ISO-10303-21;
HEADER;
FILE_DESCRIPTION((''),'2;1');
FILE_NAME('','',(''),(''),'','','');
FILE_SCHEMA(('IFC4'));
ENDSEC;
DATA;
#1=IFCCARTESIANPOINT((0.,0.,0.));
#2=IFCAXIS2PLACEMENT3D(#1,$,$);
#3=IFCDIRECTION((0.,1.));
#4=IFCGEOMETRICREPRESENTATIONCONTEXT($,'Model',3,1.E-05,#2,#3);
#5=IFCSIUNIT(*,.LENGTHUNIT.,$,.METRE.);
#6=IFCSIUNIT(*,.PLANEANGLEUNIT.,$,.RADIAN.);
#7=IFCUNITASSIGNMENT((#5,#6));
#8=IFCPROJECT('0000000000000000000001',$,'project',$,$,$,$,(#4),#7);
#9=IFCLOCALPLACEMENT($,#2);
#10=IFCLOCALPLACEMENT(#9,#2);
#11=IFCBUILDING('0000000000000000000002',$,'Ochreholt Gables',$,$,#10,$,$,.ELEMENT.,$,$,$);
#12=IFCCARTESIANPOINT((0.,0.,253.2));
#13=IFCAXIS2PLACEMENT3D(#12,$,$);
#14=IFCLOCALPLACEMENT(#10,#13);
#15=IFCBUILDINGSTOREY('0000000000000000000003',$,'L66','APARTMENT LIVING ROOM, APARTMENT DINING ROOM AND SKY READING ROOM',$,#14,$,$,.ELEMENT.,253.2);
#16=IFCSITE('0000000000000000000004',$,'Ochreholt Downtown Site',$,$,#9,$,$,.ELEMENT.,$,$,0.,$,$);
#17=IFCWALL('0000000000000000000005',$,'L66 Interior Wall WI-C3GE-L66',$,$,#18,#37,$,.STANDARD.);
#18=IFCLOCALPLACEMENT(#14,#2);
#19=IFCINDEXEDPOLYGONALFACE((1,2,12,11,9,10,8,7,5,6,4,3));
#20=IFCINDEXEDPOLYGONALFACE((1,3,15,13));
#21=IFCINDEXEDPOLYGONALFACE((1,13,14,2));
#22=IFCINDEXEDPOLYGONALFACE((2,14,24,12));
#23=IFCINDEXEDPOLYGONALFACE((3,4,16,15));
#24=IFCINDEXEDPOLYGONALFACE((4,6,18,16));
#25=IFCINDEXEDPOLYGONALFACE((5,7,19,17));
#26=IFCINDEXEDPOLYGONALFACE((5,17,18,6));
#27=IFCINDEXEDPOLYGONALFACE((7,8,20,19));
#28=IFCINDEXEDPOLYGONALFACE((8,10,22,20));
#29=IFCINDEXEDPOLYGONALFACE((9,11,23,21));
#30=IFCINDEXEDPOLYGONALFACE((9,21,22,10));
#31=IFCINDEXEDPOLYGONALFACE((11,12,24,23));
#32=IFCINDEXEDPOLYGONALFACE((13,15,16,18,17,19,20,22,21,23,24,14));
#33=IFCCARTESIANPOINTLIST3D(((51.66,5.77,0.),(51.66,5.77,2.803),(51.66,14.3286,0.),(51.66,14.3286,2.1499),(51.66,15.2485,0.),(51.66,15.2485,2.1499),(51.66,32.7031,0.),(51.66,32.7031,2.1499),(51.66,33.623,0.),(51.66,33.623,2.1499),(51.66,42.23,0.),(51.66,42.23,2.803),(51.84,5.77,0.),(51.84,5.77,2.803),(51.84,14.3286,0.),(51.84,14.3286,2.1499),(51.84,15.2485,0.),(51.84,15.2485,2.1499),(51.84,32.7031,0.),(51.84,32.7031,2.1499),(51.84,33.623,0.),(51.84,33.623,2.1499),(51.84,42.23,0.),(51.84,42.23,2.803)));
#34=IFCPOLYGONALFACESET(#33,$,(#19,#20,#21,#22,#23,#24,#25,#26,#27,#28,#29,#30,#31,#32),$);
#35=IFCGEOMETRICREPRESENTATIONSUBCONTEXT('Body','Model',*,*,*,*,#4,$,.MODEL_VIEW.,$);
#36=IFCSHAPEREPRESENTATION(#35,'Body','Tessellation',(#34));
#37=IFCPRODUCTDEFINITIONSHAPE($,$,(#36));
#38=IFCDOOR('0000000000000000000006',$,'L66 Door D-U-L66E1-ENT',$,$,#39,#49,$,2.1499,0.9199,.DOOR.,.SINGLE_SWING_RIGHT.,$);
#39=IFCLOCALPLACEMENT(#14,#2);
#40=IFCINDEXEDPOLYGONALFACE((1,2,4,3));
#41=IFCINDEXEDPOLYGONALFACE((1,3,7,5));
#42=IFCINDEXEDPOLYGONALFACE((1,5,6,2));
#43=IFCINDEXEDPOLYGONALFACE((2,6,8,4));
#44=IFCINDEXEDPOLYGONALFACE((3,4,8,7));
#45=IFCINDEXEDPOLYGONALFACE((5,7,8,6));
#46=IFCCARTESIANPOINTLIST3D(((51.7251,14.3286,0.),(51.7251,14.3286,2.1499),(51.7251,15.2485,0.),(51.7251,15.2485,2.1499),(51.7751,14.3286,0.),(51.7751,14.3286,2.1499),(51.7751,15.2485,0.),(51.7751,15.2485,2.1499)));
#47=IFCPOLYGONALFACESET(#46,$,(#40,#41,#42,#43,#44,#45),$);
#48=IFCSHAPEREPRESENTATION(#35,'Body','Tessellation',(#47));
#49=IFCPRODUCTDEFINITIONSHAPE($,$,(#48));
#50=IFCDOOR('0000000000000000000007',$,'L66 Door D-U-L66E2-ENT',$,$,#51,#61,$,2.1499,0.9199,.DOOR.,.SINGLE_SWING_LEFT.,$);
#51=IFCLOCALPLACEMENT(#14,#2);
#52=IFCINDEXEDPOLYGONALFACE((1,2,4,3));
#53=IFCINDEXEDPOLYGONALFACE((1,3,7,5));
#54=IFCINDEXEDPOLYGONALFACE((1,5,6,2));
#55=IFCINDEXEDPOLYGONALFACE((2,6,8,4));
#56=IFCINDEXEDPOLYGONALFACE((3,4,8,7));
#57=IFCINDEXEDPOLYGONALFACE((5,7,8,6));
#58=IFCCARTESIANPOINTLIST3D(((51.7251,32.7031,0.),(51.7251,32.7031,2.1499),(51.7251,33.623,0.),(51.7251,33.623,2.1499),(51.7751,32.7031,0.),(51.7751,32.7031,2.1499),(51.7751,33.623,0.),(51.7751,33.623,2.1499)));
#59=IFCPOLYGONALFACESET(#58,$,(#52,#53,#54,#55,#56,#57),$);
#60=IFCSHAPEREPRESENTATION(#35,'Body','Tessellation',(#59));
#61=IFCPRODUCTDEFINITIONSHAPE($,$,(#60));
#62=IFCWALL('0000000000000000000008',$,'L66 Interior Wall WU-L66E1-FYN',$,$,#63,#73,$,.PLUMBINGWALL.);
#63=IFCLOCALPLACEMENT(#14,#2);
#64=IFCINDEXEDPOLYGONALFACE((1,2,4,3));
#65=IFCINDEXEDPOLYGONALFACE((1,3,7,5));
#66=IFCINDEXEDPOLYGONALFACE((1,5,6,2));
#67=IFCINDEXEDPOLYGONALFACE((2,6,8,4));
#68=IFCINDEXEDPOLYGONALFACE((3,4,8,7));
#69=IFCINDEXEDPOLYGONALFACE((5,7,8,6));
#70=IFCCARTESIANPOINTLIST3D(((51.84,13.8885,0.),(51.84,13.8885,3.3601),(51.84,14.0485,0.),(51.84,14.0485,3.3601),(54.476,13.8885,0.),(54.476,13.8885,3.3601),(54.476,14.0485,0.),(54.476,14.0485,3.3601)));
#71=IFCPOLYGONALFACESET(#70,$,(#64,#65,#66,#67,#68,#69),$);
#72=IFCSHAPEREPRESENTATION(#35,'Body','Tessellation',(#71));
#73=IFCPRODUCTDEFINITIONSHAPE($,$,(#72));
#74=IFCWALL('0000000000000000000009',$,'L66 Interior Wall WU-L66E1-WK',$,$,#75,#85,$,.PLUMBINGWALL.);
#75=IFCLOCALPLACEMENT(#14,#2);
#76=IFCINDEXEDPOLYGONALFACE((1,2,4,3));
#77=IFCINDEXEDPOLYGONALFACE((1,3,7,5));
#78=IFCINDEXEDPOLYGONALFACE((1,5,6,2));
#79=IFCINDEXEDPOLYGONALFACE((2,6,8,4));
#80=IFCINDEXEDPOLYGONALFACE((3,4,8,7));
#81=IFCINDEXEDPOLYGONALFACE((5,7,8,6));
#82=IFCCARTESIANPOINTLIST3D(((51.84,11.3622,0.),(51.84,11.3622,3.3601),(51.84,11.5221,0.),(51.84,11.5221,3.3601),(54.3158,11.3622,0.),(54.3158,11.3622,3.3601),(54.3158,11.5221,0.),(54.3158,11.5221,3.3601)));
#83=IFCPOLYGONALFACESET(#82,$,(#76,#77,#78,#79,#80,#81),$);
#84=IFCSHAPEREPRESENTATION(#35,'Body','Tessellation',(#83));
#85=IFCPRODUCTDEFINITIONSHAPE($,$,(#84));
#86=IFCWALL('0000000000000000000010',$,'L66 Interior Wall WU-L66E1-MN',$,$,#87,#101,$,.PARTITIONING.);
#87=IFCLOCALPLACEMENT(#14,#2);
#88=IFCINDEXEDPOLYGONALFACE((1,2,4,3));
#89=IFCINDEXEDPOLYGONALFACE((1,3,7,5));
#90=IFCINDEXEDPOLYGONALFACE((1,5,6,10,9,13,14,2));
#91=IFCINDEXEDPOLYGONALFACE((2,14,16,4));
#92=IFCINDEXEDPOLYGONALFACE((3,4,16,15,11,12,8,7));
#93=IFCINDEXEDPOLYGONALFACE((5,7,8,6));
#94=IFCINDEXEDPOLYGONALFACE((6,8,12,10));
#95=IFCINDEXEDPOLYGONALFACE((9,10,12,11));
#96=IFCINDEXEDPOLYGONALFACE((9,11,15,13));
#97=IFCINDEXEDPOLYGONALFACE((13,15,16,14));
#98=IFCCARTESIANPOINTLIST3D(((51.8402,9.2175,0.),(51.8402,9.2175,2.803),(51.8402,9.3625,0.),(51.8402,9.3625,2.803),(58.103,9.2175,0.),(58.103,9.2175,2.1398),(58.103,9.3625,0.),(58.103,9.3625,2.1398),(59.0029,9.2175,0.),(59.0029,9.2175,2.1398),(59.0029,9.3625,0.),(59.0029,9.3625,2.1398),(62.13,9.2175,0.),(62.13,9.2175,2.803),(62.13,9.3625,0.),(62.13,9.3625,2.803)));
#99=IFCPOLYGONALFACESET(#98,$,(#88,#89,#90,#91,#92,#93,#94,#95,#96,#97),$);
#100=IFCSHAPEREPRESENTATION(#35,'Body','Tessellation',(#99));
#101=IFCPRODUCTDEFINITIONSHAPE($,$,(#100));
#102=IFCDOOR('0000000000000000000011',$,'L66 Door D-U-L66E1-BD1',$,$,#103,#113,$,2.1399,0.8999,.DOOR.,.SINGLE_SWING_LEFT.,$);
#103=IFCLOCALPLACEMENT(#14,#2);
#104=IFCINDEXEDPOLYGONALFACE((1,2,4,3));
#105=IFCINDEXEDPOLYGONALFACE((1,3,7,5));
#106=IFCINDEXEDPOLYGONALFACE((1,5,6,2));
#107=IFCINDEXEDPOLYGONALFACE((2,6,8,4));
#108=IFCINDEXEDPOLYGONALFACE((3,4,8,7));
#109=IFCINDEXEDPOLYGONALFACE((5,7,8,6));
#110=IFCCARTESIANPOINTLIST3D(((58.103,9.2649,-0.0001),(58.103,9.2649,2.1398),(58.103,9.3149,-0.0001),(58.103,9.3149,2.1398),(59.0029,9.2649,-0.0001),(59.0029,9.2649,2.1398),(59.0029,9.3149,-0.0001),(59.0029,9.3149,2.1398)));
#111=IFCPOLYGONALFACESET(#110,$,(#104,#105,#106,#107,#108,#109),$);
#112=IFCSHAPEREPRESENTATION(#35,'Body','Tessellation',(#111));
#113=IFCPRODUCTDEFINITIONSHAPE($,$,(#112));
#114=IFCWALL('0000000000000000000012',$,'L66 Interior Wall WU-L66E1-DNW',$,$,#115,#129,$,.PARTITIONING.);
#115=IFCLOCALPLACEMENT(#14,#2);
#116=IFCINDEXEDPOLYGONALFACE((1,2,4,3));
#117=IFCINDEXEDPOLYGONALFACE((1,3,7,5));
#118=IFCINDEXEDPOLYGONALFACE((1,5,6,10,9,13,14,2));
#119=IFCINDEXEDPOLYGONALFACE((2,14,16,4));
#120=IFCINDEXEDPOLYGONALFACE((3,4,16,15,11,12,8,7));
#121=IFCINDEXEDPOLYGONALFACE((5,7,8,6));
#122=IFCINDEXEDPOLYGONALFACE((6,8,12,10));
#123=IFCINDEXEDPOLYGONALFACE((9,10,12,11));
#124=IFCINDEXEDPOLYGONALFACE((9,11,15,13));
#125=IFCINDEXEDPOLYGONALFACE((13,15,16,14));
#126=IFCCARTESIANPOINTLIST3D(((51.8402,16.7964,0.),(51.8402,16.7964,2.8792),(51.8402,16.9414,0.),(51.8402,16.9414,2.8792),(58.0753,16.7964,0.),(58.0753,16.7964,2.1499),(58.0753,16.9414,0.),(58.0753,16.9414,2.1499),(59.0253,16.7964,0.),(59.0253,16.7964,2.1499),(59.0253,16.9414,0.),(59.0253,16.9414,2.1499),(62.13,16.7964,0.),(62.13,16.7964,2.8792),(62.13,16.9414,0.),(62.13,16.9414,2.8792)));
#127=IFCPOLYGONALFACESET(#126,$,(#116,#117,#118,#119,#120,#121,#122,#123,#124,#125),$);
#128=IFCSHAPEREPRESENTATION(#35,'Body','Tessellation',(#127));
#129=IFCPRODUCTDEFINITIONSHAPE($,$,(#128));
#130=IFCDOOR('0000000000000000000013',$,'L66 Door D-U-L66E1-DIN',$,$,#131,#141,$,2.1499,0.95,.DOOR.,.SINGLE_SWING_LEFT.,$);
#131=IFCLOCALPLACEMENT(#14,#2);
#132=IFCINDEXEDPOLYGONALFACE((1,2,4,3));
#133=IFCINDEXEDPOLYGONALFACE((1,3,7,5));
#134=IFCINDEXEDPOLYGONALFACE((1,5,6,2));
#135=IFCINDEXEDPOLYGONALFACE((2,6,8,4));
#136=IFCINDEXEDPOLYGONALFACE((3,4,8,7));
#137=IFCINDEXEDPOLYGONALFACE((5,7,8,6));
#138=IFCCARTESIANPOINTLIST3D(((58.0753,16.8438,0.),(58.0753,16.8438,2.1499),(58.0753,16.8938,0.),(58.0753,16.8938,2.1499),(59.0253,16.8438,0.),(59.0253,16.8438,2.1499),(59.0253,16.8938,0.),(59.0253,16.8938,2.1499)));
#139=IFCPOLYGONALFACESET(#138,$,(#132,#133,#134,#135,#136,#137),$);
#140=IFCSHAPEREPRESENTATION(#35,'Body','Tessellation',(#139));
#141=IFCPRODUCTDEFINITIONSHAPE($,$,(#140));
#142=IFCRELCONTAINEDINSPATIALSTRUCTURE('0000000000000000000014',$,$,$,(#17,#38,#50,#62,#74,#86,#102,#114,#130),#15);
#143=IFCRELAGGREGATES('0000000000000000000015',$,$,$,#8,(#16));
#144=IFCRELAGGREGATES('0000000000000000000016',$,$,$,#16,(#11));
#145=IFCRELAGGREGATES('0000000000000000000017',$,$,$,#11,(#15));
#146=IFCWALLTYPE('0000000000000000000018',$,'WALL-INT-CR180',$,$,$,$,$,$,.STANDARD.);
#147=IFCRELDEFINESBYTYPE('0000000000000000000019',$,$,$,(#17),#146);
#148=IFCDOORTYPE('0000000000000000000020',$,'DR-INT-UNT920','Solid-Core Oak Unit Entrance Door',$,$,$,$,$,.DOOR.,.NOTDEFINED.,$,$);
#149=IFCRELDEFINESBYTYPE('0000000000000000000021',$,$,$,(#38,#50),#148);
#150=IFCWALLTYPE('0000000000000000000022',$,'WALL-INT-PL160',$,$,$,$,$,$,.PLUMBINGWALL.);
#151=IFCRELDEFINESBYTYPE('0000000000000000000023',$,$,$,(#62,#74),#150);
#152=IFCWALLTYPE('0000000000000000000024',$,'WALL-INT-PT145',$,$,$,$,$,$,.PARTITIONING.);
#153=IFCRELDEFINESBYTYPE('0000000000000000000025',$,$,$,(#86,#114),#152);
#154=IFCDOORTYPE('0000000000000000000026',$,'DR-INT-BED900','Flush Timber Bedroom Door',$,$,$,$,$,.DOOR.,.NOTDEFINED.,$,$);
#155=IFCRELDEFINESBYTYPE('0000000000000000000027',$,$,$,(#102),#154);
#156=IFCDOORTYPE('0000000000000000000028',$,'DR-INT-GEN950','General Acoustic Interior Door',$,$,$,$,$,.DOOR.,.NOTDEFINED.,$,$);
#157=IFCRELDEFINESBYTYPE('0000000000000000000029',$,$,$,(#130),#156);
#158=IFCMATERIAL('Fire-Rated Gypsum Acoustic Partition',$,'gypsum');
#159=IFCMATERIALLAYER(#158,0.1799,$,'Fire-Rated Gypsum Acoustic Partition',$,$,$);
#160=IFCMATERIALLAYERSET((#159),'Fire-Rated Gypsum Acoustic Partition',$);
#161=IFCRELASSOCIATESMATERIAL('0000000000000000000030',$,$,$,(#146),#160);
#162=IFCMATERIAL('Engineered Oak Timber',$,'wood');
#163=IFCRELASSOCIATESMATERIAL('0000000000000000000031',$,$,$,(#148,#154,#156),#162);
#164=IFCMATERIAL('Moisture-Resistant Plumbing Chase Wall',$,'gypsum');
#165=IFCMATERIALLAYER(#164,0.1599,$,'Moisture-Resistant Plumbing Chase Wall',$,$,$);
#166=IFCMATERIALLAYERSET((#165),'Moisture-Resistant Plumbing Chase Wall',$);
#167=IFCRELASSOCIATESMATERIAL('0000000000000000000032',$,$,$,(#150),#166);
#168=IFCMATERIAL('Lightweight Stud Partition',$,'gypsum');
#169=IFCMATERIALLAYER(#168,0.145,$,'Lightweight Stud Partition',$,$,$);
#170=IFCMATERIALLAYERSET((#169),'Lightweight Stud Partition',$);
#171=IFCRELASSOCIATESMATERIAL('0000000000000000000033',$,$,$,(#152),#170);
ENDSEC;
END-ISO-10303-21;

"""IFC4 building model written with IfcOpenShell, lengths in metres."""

from ifc_helpers import new_model, si_unit, direction, frame, frame_2d, origin, place, context, subcontext, project, spatial, rectangle, extrude, material, layer, layer_set, type_object, element, fill, save


model = new_model("IFC4")

# Units and contexts
model_context = context("Model", 3, precision=1e-05, world=origin(), true_north=direction((0.0, 1.0)))
body_context = subcontext(model_context, "Body", "Model", "MODEL_VIEW")
ifc_project = project(units=[si_unit("LENGTHUNIT", "METRE"), si_unit("PLANEANGLEUNIT", "RADIAN")], contexts=[model_context])

# Site, building, storey
site_placement = place(None, origin())
site = spatial("IfcSite", under=ifc_project, at=site_placement, Name="Ochreholt Downtown Site", CompositionType="ELEMENT", RefElevation=0.0)
building_placement = place(site_placement, origin())
building = spatial("IfcBuilding", under=site, at=building_placement, Name="Ochreholt Gables", CompositionType="ELEMENT")
storey_placement = place(building_placement, frame((0.0, 0.0, 253.2)))
storey = spatial("IfcBuildingStorey", under=building, at=storey_placement, Name="L66", Description="APARTMENT LIVING ROOM, APARTMENT DINING ROOM AND SKY READING ROOM", CompositionType="ELEMENT", Elevation=253.2)

# Shared definitions
ifc_material_1 = material(Name="Fire-Rated Gypsum Acoustic Partition", Category="gypsum")
ifc_layer_1 = layer(ifc_material_1, 0.1799, Name="Fire-Rated Gypsum Acoustic Partition")
ifc_layer_set_1 = layer_set([ifc_layer_1], Name="Fire-Rated Gypsum Acoustic Partition")
wall_type_1 = type_object("IfcWallType", Name="WALL-INT-CR180", PredefinedType="STANDARD", material=ifc_layer_set_1)
ifc_material_2 = material(Name="Engineered Oak Timber", Category="wood")
door_type_1 = type_object("IfcDoorType", Name="DR-INT-UNT920", Description="Solid-Core Oak Unit Entrance Door", OperationType="NOTDEFINED", PredefinedType="DOOR", material=ifc_material_2)

# Wall, openings, doors
wall_1_placement = place(storey_placement, frame((51.75, 5.77, 0.0), z_axis=(0.0, 0.0, 1.0), x_axis=(0.0, 1.0, 0.0)))
wall_1 = element("IfcWall", 1, at=wall_1_placement, inside=storey, type_object=wall_type_1, Name="L66 Interior Wall WI-C3GE-L66", PredefinedType="STANDARD", context=body_context, shape_type="SweptSolid", body=[
    extrude(rectangle(XDim=36.46, YDim=0.1799, at=frame_2d((18.23, 0.0))), origin(), (0.0, 0.0, 1.0), 2.803),
])
opening_1_placement = place(wall_1_placement, frame((8.5586, 0.0, 0.0)))
opening_1 = element("IfcOpeningElement", 2, at=opening_1_placement, cuts=wall_1, PredefinedType="OPENING", context=body_context, shape_type="SweptSolid", body=[
    extrude(rectangle(XDim=0.9199, YDim=2.1499, at=frame_2d((0.46, 1.075))), frame((0.0, 0.0999, 0.0), z_axis=(0.0, -1.0, 0.0), x_axis=(1.0, 0.0, 0.0)), (0.0, 0.0, 1.0), 0.2),
])
opening_2_placement = place(wall_1_placement, frame((26.9331, 0.0, 0.0)))
opening_2 = element("IfcOpeningElement", 3, at=opening_2_placement, cuts=wall_1, PredefinedType="OPENING", context=body_context, shape_type="SweptSolid", body=[
    extrude(rectangle(XDim=0.9199, YDim=2.1499, at=frame_2d((0.46, 1.075))), frame((0.0, 0.0999, 0.0), z_axis=(0.0, -1.0, 0.0), x_axis=(1.0, 0.0, 0.0)), (0.0, 0.0, 1.0), 0.2),
])
door_1_placement = place(opening_1_placement, origin())
door_1 = element("IfcDoor", 4, at=door_1_placement, inside=storey, type_object=door_type_1, Name="L66 Door D-U-L66E1-ENT", OperationType="SINGLE_SWING_RIGHT", OverallHeight=2.1499, OverallWidth=0.9199, PredefinedType="DOOR", context=body_context, shape_type="SweptSolid", body=[
    extrude(rectangle(XDim=0.9199, YDim=2.1499, at=frame_2d((0.46, 1.075))), frame((0.0, 0.0249, 0.0), z_axis=(0.0, -1.0, 0.0), x_axis=(1.0, 0.0, 0.0)), (0.0, 0.0, 1.0), 0.05),
])
fill(opening_1, door_1)
door_2_placement = place(opening_2_placement, origin())
door_2 = element("IfcDoor", 5, at=door_2_placement, inside=storey, type_object=door_type_1, Name="L66 Door D-U-L66E2-ENT", OperationType="SINGLE_SWING_LEFT", OverallHeight=2.1499, OverallWidth=0.9199, PredefinedType="DOOR", context=body_context, shape_type="SweptSolid", body=[
    extrude(rectangle(XDim=0.9199, YDim=2.1499, at=frame_2d((0.46, 1.075))), frame((0.0, 0.0249, 0.0), z_axis=(0.0, -1.0, 0.0), x_axis=(1.0, 0.0, 0.0)), (0.0, 0.0, 1.0), 0.05),
])
fill(opening_2, door_2)

# Walls
ifc_material_3 = material(Name="Moisture-Resistant Plumbing Chase Wall", Category="gypsum")
ifc_layer_2 = layer(ifc_material_3, 0.1599, Name="Moisture-Resistant Plumbing Chase Wall")
ifc_layer_set_2 = layer_set([ifc_layer_2], Name="Moisture-Resistant Plumbing Chase Wall")
wall_type_2 = type_object("IfcWallType", Name="WALL-INT-PL160", PredefinedType="PLUMBINGWALL", material=ifc_layer_set_2)
wall_2_placement = place(storey_placement, frame((51.8401, 13.9685, 0.0), z_axis=(0.0, 0.0, 1.0), x_axis=(1.0, 0.0, 0.0)))
element("IfcWall", 6, at=wall_2_placement, inside=storey, type_object=wall_type_2, Name="L66 Interior Wall WU-L66E1-FYN", PredefinedType="PLUMBINGWALL", context=body_context, shape_type="SweptSolid", body=[
    extrude(rectangle(XDim=2.636, YDim=0.1599, at=frame_2d((1.3179, 0.0))), origin(), (0.0, 0.0, 1.0), 3.3601),
])
wall_3_placement = place(storey_placement, frame((51.8401, 11.4421, 0.0), z_axis=(0.0, 0.0, 1.0), x_axis=(1.0, 0.0, 0.0)))
element("IfcWall", 7, at=wall_3_placement, inside=storey, type_object=wall_type_2, Name="L66 Interior Wall WU-L66E1-WK", PredefinedType="PLUMBINGWALL", context=body_context, shape_type="SweptSolid", body=[
    extrude(rectangle(XDim=2.4758, YDim=0.1599, at=frame_2d((1.2378, 0.0))), origin(), (0.0, 0.0, 1.0), 3.3601),
])

# Walls, openings, doors
ifc_material_4 = material(Name="Lightweight Stud Partition", Category="gypsum")
ifc_layer_3 = layer(ifc_material_4, 0.145, Name="Lightweight Stud Partition")
ifc_layer_set_3 = layer_set([ifc_layer_3], Name="Lightweight Stud Partition")
wall_type_3 = type_object("IfcWallType", Name="WALL-INT-PT145", PredefinedType="PARTITIONING", material=ifc_layer_set_3)
wall_4_placement = place(storey_placement, frame((51.8401, 9.29, 0.0), z_axis=(0.0, 0.0, 1.0), x_axis=(1.0, 0.0, 0.0)))
wall_4 = element("IfcWall", 8, at=wall_4_placement, inside=storey, type_object=wall_type_3, Name="L66 Interior Wall WU-L66E1-MN", PredefinedType="PARTITIONING", context=body_context, shape_type="SweptSolid", body=[
    extrude(rectangle(XDim=10.2898, YDim=0.145, at=frame_2d((5.145, 0.0))), origin(), (0.0, 0.0, 1.0), 2.803),
])
opening_3_placement = place(wall_4_placement, frame((6.2629, 0.0, 0.0)))
opening_3 = element("IfcOpeningElement", 9, at=opening_3_placement, cuts=wall_4, PredefinedType="OPENING", context=body_context, shape_type="SweptSolid", body=[
    extrude(rectangle(XDim=0.8999, YDim=2.1399, at=frame_2d((0.45, 1.0698))), frame((0.0, 0.0825, 0.0), z_axis=(0.0, -1.0, 0.0), x_axis=(1.0, 0.0, 0.0)), (0.0, 0.0, 1.0), 0.165),
])
door_type_2 = type_object("IfcDoorType", Name="DR-INT-BED900", Description="Flush Timber Bedroom Door", OperationType="NOTDEFINED", PredefinedType="DOOR", material=ifc_material_2)
door_3_placement = place(opening_3_placement, origin())
door_3 = element("IfcDoor", 10, at=door_3_placement, inside=storey, type_object=door_type_2, Name="L66 Door D-U-L66E1-BD1", OperationType="SINGLE_SWING_LEFT", OverallHeight=2.1399, OverallWidth=0.8999, PredefinedType="DOOR", context=body_context, shape_type="SweptSolid", body=[
    extrude(rectangle(XDim=0.8999, YDim=2.1399, at=frame_2d((0.45, 1.0698))), frame((0.0, 0.0249, 0.0), z_axis=(0.0, -1.0, 0.0), x_axis=(1.0, 0.0, 0.0)), (0.0, 0.0, 1.0), 0.05),
])
fill(opening_3, door_3)
wall_5_placement = place(storey_placement, frame((51.8401, 16.8689, 0.0), z_axis=(0.0, 0.0, 1.0), x_axis=(1.0, 0.0, 0.0)))
wall_5 = element("IfcWall", 11, at=wall_5_placement, inside=storey, type_object=wall_type_3, Name="L66 Interior Wall WU-L66E1-DNW", PredefinedType="PARTITIONING", context=body_context, shape_type="SweptSolid", body=[
    extrude(rectangle(XDim=10.2898, YDim=0.145, at=frame_2d((5.145, 0.0))), origin(), (0.0, 0.0, 1.0), 2.8792),
])
opening_4_placement = place(wall_5_placement, frame((6.2351, 0.0, 0.0)))
opening_4 = element("IfcOpeningElement", 12, at=opening_4_placement, cuts=wall_5, PredefinedType="OPENING", context=body_context, shape_type="SweptSolid", body=[
    extrude(rectangle(XDim=0.95, YDim=2.1499, at=frame_2d((0.4751, 1.075))), frame((0.0, 0.0825, 0.0), z_axis=(0.0, -1.0, 0.0), x_axis=(1.0, 0.0, 0.0)), (0.0, 0.0, 1.0), 0.165),
])
door_type_3 = type_object("IfcDoorType", Name="DR-INT-GEN950", Description="General Acoustic Interior Door", OperationType="NOTDEFINED", PredefinedType="DOOR", material=ifc_material_2)
door_4_placement = place(opening_4_placement, origin())
door_4 = element("IfcDoor", 13, at=door_4_placement, inside=storey, type_object=door_type_3, Name="L66 Door D-U-L66E1-DIN", OperationType="SINGLE_SWING_LEFT", OverallHeight=2.1499, OverallWidth=0.95, PredefinedType="DOOR", context=body_context, shape_type="SweptSolid", body=[
    extrude(rectangle(XDim=0.95, YDim=2.1499, at=frame_2d((0.4751, 1.075))), frame((0.0, 0.0249, 0.0), z_axis=(0.0, -1.0, 0.0), x_axis=(1.0, 0.0, 0.0)), (0.0, 0.0, 1.0), 0.05),
])
fill(opening_4, door_4)

save(model, "model.ifc")
